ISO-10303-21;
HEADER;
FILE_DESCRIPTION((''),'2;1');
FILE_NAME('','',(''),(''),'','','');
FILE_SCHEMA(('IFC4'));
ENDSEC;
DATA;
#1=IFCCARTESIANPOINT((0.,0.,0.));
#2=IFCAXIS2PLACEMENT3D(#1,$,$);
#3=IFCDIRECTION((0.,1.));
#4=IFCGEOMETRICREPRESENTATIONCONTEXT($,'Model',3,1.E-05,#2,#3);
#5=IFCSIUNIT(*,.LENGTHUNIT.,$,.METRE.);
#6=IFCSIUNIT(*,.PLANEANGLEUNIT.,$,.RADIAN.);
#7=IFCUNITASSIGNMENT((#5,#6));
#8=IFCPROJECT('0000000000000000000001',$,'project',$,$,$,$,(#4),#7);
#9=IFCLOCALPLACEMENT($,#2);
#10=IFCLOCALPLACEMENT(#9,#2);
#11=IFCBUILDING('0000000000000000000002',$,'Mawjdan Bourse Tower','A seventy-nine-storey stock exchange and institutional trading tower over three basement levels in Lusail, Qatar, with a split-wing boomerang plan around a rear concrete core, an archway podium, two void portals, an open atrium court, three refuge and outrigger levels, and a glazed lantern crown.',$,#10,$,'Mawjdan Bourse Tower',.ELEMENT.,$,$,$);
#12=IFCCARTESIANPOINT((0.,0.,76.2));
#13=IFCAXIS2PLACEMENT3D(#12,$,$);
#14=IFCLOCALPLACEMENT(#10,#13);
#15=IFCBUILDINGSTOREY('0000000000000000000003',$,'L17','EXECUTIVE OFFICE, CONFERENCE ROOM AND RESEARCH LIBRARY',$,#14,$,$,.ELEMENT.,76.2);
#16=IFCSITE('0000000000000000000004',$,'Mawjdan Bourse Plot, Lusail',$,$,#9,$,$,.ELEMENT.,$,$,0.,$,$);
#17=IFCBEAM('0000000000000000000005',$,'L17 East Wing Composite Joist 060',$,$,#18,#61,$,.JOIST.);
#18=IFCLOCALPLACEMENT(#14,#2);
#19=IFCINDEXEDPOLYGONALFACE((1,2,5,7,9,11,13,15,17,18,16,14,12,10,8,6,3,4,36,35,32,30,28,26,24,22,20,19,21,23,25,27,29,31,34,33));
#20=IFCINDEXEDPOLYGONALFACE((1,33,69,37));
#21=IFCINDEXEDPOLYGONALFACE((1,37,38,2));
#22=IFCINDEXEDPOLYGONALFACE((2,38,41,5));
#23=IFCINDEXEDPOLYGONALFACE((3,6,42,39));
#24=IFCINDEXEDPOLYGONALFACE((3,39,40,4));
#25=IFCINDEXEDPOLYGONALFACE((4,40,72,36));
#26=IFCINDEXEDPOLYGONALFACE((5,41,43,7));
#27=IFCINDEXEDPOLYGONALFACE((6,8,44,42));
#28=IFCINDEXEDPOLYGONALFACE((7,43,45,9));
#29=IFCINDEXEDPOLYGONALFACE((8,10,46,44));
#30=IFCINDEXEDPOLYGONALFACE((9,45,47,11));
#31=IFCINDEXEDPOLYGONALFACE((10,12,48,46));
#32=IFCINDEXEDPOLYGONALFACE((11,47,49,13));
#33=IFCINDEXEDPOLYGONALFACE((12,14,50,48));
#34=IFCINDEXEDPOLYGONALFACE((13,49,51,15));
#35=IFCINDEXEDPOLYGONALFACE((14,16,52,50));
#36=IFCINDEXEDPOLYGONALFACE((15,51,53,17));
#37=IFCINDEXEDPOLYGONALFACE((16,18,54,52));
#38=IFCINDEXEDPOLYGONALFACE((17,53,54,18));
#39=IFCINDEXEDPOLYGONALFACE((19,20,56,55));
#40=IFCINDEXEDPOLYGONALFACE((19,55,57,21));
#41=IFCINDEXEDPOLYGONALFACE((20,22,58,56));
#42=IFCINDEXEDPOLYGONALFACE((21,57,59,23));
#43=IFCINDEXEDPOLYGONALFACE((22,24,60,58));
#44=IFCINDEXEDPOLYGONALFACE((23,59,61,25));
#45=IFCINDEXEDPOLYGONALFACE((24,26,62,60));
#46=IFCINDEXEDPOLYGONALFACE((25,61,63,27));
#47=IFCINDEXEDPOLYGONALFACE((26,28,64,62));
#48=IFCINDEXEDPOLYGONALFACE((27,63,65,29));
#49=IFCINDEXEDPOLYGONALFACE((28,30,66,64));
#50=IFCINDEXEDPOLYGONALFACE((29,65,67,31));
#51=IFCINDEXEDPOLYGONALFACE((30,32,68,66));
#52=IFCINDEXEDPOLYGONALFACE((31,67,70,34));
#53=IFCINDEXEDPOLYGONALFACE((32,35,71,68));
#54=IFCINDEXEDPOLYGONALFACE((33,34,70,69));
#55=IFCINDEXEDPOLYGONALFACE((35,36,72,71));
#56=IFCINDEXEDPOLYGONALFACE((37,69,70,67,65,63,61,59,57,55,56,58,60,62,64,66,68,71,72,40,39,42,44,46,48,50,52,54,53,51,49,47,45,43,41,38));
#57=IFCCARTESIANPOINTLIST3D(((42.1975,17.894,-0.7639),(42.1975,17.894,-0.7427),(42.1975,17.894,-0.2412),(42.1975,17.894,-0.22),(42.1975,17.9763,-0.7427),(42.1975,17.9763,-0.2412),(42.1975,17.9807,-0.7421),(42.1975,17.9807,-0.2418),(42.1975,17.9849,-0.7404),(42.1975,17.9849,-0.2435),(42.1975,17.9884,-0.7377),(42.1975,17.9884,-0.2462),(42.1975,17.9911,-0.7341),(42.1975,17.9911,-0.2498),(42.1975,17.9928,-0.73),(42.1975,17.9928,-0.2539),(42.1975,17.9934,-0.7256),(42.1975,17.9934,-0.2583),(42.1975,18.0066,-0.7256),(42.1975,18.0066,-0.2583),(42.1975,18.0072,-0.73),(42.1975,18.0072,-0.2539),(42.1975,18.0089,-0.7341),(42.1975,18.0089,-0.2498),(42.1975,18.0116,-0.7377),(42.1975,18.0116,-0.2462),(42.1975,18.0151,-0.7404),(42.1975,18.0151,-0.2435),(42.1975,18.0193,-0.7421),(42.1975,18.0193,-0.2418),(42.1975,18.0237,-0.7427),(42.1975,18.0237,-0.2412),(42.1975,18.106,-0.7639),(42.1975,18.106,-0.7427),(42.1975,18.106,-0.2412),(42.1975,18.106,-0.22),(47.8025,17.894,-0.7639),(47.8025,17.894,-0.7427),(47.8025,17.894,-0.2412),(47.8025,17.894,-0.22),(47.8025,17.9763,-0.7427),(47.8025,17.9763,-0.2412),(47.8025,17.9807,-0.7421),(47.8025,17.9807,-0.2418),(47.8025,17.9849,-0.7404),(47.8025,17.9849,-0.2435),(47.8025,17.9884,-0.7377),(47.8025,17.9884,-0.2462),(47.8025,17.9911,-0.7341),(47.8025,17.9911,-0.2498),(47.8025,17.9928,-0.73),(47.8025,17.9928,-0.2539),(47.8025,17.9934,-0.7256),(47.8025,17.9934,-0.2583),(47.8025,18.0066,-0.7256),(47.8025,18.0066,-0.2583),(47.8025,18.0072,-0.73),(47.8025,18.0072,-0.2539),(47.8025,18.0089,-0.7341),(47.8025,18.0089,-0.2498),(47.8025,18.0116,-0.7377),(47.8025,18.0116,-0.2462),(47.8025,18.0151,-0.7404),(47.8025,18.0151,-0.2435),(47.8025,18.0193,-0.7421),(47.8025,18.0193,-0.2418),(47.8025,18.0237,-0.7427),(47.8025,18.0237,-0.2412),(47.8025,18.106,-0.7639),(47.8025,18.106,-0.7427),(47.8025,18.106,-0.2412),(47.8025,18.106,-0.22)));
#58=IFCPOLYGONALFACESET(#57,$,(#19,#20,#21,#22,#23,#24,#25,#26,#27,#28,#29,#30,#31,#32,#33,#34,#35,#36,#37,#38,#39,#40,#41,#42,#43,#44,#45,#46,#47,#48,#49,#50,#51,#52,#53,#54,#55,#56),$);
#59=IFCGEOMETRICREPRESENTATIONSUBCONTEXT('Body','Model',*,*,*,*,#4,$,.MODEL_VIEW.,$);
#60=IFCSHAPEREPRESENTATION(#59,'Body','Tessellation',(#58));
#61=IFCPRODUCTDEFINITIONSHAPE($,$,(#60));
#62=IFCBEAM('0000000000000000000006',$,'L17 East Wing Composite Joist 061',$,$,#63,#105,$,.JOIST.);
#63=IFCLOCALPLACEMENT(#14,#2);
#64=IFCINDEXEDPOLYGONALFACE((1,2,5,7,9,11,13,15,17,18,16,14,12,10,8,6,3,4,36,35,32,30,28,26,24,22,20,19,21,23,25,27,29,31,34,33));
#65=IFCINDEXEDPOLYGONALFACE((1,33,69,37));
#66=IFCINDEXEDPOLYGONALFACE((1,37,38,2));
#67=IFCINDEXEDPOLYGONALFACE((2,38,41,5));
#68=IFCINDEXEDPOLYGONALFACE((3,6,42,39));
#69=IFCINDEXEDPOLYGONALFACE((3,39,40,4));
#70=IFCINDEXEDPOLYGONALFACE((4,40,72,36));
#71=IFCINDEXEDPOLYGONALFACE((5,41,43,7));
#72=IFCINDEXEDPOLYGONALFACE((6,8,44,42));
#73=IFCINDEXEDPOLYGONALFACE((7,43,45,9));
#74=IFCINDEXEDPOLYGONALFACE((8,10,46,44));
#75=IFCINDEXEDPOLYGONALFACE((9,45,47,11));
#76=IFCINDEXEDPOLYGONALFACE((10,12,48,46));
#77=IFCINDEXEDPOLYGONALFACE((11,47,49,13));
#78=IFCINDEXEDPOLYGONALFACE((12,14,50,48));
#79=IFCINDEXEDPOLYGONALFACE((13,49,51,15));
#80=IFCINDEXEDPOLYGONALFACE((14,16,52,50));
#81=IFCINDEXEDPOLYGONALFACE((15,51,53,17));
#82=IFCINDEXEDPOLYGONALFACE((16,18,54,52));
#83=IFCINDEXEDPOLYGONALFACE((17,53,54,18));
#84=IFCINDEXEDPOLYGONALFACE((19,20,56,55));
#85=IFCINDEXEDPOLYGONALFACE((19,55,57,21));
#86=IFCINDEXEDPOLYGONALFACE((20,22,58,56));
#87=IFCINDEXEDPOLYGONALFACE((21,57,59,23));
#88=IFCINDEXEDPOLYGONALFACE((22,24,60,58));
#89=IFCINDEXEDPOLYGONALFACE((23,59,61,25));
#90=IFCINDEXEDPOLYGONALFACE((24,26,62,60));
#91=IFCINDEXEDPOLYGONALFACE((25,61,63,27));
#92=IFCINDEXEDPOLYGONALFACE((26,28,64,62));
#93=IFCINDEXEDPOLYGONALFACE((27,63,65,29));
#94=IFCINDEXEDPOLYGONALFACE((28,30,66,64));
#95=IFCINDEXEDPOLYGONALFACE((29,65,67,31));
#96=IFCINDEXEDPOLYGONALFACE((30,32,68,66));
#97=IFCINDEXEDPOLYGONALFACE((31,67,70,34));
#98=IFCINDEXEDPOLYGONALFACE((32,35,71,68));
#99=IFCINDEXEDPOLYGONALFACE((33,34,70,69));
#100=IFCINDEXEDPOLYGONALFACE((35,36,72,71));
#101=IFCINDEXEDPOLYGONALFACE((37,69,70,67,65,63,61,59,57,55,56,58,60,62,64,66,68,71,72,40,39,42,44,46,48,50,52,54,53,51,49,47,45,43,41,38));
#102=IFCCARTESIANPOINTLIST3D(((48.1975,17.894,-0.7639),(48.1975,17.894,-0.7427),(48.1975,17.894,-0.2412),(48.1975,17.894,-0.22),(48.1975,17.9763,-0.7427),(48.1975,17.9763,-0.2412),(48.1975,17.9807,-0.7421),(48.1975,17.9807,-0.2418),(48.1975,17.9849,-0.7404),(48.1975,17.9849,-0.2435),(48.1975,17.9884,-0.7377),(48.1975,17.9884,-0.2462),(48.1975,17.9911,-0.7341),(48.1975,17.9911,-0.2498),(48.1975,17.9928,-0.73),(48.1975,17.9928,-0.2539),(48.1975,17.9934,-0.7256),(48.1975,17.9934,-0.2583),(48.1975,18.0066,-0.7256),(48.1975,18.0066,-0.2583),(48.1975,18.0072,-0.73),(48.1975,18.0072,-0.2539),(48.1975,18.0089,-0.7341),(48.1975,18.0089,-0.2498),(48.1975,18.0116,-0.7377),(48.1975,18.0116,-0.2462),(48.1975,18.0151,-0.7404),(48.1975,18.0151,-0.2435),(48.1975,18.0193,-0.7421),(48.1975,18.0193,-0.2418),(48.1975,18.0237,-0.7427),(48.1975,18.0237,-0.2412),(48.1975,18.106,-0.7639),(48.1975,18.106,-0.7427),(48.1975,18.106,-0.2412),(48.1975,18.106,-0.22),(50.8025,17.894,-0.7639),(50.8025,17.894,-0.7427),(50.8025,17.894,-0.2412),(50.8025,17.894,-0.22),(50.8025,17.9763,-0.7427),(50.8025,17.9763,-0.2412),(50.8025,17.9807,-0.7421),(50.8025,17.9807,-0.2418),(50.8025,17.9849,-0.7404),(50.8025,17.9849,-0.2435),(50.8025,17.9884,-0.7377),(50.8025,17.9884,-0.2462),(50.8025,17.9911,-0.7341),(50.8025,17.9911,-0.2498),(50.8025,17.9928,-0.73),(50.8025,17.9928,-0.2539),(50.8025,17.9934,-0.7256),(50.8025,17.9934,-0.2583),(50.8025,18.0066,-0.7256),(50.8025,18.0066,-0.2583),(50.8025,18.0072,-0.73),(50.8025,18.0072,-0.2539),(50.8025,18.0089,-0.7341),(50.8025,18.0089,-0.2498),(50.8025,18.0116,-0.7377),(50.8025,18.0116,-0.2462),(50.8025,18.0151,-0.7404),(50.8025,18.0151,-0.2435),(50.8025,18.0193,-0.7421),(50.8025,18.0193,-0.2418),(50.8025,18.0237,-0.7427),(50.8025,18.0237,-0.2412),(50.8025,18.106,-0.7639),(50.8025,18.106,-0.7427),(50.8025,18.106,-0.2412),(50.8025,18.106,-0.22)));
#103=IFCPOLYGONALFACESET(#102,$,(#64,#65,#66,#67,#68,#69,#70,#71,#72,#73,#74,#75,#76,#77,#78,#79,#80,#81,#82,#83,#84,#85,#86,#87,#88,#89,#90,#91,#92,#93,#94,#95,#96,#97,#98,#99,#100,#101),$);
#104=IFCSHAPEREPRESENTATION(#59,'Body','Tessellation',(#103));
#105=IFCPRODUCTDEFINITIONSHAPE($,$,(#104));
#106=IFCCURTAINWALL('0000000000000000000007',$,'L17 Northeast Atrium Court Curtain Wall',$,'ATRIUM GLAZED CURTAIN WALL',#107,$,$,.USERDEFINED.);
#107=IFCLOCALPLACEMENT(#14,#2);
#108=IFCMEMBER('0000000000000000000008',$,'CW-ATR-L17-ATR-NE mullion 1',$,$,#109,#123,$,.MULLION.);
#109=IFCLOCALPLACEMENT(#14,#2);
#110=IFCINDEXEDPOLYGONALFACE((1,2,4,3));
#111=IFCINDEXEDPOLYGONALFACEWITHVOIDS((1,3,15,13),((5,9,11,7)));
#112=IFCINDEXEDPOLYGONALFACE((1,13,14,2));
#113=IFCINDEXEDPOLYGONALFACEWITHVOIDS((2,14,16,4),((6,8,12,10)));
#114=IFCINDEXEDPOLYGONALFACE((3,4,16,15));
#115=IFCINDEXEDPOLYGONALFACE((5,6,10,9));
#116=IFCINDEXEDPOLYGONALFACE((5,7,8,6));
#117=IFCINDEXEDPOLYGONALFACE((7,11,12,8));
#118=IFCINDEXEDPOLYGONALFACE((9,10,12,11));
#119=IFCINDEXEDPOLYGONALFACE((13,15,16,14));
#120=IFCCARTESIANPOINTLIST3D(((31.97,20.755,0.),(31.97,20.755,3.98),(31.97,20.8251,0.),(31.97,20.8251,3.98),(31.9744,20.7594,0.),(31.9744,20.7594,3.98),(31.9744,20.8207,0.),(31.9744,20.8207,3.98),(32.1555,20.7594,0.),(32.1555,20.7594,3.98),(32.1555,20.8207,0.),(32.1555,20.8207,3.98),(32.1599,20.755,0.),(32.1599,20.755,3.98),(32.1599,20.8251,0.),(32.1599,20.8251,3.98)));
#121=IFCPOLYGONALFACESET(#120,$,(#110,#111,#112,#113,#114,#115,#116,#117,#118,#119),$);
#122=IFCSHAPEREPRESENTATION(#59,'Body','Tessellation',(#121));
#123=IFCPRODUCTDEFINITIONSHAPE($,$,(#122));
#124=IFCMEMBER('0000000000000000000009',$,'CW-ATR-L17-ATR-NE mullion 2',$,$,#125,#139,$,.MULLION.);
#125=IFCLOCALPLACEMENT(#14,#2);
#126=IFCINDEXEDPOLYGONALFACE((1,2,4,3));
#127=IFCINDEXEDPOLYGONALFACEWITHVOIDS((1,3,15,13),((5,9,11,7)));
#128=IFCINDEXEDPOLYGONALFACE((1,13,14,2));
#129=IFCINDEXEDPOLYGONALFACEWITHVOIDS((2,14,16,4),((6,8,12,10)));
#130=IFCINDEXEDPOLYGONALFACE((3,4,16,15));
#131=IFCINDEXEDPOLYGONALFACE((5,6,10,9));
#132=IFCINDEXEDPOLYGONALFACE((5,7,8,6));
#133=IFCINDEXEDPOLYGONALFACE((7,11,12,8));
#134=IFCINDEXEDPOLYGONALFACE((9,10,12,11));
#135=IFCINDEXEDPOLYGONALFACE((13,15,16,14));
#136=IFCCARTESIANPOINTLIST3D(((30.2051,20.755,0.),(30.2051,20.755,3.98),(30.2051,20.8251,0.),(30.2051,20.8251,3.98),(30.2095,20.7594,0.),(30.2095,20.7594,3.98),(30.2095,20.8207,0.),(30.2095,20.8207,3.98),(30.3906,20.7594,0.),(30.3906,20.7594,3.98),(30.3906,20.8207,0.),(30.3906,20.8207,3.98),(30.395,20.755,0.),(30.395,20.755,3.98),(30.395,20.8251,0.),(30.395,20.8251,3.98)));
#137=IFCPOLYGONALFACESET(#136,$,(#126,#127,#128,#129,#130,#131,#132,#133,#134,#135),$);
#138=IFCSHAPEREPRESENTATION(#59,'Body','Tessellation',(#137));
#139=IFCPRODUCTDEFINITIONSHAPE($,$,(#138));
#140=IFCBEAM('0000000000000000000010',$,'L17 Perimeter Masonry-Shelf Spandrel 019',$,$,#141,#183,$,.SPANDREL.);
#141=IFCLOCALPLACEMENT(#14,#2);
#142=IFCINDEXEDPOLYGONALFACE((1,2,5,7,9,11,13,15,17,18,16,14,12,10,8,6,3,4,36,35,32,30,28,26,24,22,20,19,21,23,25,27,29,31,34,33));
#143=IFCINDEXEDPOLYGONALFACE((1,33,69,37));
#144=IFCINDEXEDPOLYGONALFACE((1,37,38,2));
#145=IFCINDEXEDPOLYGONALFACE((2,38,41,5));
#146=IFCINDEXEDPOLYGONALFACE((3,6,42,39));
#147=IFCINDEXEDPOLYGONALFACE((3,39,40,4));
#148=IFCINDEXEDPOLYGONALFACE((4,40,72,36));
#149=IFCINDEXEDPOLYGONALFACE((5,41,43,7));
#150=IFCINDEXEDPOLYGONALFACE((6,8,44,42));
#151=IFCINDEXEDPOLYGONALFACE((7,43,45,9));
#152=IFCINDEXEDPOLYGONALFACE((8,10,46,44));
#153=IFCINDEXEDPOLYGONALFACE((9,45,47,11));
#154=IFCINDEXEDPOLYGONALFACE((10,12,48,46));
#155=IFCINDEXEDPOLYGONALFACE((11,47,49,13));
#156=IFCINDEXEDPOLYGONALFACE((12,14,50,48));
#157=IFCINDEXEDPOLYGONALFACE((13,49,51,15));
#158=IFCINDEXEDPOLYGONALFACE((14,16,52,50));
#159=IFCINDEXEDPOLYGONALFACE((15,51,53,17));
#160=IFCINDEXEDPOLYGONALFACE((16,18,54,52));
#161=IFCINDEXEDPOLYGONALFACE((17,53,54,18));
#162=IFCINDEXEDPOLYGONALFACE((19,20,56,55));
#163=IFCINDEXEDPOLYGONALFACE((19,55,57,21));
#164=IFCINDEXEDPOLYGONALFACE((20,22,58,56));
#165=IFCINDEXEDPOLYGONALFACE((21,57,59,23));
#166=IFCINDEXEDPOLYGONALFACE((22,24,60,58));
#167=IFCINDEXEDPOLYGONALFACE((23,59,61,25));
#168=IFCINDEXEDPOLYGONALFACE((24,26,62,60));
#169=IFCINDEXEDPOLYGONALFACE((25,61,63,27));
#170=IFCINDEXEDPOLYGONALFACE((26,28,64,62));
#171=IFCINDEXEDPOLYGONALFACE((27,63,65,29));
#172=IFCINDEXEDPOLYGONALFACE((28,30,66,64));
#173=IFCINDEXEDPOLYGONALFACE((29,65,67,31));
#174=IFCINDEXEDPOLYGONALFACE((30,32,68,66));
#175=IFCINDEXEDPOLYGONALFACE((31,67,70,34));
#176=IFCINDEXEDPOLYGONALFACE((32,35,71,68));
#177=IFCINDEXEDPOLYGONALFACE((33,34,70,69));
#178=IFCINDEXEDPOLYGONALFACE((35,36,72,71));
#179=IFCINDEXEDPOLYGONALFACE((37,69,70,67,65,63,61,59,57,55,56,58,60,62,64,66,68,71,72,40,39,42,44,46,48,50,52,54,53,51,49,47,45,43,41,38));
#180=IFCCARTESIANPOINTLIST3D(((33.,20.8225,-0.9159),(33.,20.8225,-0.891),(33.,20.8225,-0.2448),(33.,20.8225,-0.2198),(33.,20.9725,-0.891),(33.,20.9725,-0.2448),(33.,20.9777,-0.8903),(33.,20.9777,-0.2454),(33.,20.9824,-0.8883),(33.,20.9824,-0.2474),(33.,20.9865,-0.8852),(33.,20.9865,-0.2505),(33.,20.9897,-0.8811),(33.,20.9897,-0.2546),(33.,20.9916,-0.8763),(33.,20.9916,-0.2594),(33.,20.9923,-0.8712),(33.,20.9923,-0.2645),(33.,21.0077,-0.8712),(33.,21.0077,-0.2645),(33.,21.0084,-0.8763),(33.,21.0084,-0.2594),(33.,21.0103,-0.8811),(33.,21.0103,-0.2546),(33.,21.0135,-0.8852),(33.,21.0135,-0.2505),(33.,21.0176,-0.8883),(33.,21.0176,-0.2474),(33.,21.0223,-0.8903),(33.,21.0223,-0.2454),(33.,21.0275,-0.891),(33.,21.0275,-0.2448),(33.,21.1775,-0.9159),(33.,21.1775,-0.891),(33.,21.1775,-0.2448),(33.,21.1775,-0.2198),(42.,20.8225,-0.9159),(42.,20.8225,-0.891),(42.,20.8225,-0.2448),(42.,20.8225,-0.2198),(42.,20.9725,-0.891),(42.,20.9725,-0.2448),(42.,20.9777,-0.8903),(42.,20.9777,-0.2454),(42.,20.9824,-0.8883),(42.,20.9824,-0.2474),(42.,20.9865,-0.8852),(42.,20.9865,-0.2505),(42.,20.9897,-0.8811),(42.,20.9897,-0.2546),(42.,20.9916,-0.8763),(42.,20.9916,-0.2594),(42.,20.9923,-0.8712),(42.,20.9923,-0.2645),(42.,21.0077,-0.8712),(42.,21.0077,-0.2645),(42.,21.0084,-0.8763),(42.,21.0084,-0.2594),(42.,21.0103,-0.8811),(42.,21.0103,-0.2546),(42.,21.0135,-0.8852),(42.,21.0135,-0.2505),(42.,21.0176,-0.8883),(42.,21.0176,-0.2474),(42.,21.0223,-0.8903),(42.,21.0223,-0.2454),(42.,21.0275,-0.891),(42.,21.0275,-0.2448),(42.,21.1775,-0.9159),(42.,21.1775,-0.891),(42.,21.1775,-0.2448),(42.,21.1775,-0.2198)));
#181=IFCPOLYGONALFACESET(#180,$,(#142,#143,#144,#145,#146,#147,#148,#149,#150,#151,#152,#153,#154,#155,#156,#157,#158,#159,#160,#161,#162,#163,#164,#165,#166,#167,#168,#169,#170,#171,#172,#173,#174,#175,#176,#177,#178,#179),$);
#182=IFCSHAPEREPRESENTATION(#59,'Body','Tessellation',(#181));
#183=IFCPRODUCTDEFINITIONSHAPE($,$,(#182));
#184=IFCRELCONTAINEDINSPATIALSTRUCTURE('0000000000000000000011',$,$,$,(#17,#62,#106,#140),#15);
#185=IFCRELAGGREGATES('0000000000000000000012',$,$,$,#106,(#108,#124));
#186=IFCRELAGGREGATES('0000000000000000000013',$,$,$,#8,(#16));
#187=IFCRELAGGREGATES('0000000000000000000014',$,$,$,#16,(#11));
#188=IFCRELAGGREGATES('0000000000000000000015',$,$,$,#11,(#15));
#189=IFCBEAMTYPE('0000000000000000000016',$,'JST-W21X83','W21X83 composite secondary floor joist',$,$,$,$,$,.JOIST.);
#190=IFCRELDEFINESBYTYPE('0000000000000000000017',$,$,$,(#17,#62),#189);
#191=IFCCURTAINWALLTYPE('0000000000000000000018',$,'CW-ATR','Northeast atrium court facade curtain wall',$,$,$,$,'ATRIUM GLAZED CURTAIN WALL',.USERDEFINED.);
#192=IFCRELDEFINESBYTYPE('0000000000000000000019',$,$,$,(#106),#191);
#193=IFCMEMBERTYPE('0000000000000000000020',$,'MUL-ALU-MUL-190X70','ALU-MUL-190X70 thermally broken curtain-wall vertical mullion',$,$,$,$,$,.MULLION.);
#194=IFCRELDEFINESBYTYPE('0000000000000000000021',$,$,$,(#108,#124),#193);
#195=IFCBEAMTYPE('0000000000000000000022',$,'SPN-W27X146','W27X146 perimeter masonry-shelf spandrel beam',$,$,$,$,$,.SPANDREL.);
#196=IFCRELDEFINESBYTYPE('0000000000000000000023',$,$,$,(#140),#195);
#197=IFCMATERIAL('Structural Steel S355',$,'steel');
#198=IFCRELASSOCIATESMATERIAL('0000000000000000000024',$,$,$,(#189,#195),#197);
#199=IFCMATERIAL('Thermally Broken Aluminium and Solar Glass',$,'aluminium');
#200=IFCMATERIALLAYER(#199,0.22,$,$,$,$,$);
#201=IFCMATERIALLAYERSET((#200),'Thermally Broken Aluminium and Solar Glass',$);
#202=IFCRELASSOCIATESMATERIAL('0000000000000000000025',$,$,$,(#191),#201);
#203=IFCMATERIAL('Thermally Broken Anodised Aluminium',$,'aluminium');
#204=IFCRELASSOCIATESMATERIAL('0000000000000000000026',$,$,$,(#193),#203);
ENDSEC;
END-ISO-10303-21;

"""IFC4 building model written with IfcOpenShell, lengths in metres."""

from ifc_helpers import new_model, si_unit, direction, frame, origin, origin_2d, place, context, subcontext, project, spatial, hollow_rectangle, i_section, extrude, material, layer, layer_set, material_profile, profile_set, type_object, element, aggregate, save


model = new_model("IFC4")

# Units and contexts
model_context = context("Model", 3, precision=1e-05, world=origin(), true_north=direction((0.0, 1.0)))
body_context = subcontext(model_context, "Body", "Model", "MODEL_VIEW")
ifc_project = project(units=[si_unit("LENGTHUNIT", "METRE"), si_unit("PLANEANGLEUNIT", "RADIAN")], contexts=[model_context])

# Site, building, storey
site_placement = place(None, origin())
site = spatial("IfcSite", under=ifc_project, at=site_placement, Name="Mawjdan Bourse Plot, Lusail", CompositionType="ELEMENT", RefElevation=0.0)
building_placement = place(site_placement, origin())
building = spatial("IfcBuilding", under=site, at=building_placement, Name="Mawjdan Bourse Tower", Description="A seventy-nine-storey stock exchange and institutional trading tower over three basement levels in Lusail, Qatar, with a split-wing boomerang plan around a rear concrete core, an archway podium, two void portals, an open atrium court, three refuge and outrigger levels, and a glazed lantern crown.", LongName="Mawjdan Bourse Tower", CompositionType="ELEMENT")
storey_placement = place(building_placement, frame((0.0, 0.0, 76.2)))
storey = spatial("IfcBuildingStorey", under=building, at=storey_placement, Name="L17", Description="EXECUTIVE OFFICE, CONFERENCE ROOM AND RESEARCH LIBRARY", CompositionType="ELEMENT", Elevation=76.2)

# Beams
ifc_material_1 = material(Name="Structural Steel S355", Category="steel")
ifc_material_profile_1 = material_profile(ifc_material_1, i_section(OverallWidth=0.2119, OverallDepth=0.5439, WebThickness=0.0132, FlangeThickness=0.0212, FilletRadius=0.0171, at=origin_2d()), Name="W21X83")
ifc_profile_set_1 = profile_set([ifc_material_profile_1], Name="Structural Steel S355")
beam_type_1 = type_object("IfcBeamType", Name="JST-W21X83", Description="W21X83 composite secondary floor joist", PredefinedType="JOIST", material=ifc_profile_set_1)
beam_1_placement = place(storey_placement, frame((42.1975, 18.0, -0.4919), z_axis=(1.0, 0.0, 0.0), x_axis=(0.0, 1.0, 0.0)))
element("IfcBeam", 1, at=beam_1_placement, inside=storey, type_object=beam_type_1, Name="L17 East Wing Composite Joist 060", PredefinedType="JOIST", context=body_context, shape_type="SweptSolid", body=[
    extrude(i_section(OverallWidth=0.2119, OverallDepth=0.5439, WebThickness=0.0132, FlangeThickness=0.0212, FilletRadius=0.0171, at=origin_2d()), origin(), (0.0, 0.0, 1.0), 5.605),
])
beam_2_placement = place(storey_placement, frame((48.1975, 18.0, -0.4919), z_axis=(1.0, 0.0, 0.0), x_axis=(0.0, 1.0, 0.0)))
element("IfcBeam", 2, at=beam_2_placement, inside=storey, type_object=beam_type_1, Name="L17 East Wing Composite Joist 061", PredefinedType="JOIST", context=body_context, shape_type="SweptSolid", body=[
    extrude(i_section(OverallWidth=0.2119, OverallDepth=0.5439, WebThickness=0.0132, FlangeThickness=0.0212, FilletRadius=0.0171, at=origin_2d()), origin(), (0.0, 0.0, 1.0), 2.605),
])

# Curtain wall, members
ifc_material_2 = material(Name="Thermally Broken Aluminium and Solar Glass", Category="aluminium")
ifc_layer_1 = layer(ifc_material_2, 0.22)
ifc_layer_set_1 = layer_set([ifc_layer_1], Name="Thermally Broken Aluminium and Solar Glass")
curtain_wall_type = type_object("IfcCurtainWallType", Name="CW-ATR", Description="Northeast atrium court facade curtain wall", ElementType="ATRIUM GLAZED CURTAIN WALL", PredefinedType="USERDEFINED", material=ifc_layer_set_1)
curtain_wall_placement = place(storey_placement, origin())
curtain_wall = element("IfcCurtainWall", 3, at=curtain_wall_placement, inside=storey, type_object=curtain_wall_type, Name="L17 Northeast Atrium Court Curtain Wall", ObjectType="ATRIUM GLAZED CURTAIN WALL", PredefinedType="USERDEFINED")
ifc_material_3 = material(Name="Thermally Broken Anodised Aluminium", Category="aluminium")
ifc_material_profile_2 = material_profile(ifc_material_3, hollow_rectangle(XDim=0.0701, YDim=0.1899, WallThickness=0.0044, at=origin_2d()), Name="ALU-MUL-190X70")
ifc_profile_set_2 = profile_set([ifc_material_profile_2], Name="Thermally Broken Anodised Aluminium")
member_type_1 = type_object("IfcMemberType", Name="MUL-ALU-MUL-190X70", Description="ALU-MUL-190X70 thermally broken curtain-wall vertical mullion", PredefinedType="MULLION", material=ifc_profile_set_2)
member_1_placement = place(storey_placement, frame((32.0649, 20.79, 0.0), z_axis=(0.0, 0.0, 1.0), x_axis=(0.0, -1.0, 0.0)))
member_1 = element("IfcMember", 4, at=member_1_placement, type_object=member_type_1, Name="CW-ATR-L17-ATR-NE mullion 1", PredefinedType="MULLION", context=body_context, shape_type="SweptSolid", body=[
    extrude(hollow_rectangle(XDim=0.0701, YDim=0.1899, WallThickness=0.0044, at=origin_2d()), origin(), (0.0, 0.0, 1.0), 3.98),
])
member_2_placement = place(storey_placement, frame((30.3, 20.79, 0.0), z_axis=(0.0, 0.0, 1.0), x_axis=(0.0, -1.0, 0.0)))
member_2 = element("IfcMember", 5, at=member_2_placement, type_object=member_type_1, Name="CW-ATR-L17-ATR-NE mullion 2", PredefinedType="MULLION", context=body_context, shape_type="SweptSolid", body=[
    extrude(hollow_rectangle(XDim=0.0701, YDim=0.1899, WallThickness=0.0044, at=origin_2d()), origin(), (0.0, 0.0, 1.0), 3.98),
])

# Beam
ifc_material_profile_3 = material_profile(ifc_material_1, i_section(OverallWidth=0.355, OverallDepth=0.696, WebThickness=0.0154, FlangeThickness=0.0249, FilletRadius=0.0198, at=origin_2d()), Name="W27X146")
ifc_profile_set_3 = profile_set([ifc_material_profile_3], Name="Structural Steel S355")
beam_type_2 = type_object("IfcBeamType", Name="SPN-W27X146", Description="W27X146 perimeter masonry-shelf spandrel beam", PredefinedType="SPANDREL", material=ifc_profile_set_3)
beam_3_placement = place(storey_placement, frame((33.0, 21.0, -0.5679), z_axis=(1.0, 0.0, 0.0), x_axis=(0.0, 1.0, 0.0)))
element("IfcBeam", 6, at=beam_3_placement, inside=storey, type_object=beam_type_2, Name="L17 Perimeter Masonry-Shelf Spandrel 019", PredefinedType="SPANDREL", context=body_context, shape_type="SweptSolid", body=[
    extrude(i_section(OverallWidth=0.355, OverallDepth=0.696, WebThickness=0.0154, FlangeThickness=0.0249, FilletRadius=0.0198, at=origin_2d()), origin(), (0.0, 0.0, 1.0), 9.0),
])

aggregate(curtain_wall, [member_1, member_2])

save(model, "model.ifc")
